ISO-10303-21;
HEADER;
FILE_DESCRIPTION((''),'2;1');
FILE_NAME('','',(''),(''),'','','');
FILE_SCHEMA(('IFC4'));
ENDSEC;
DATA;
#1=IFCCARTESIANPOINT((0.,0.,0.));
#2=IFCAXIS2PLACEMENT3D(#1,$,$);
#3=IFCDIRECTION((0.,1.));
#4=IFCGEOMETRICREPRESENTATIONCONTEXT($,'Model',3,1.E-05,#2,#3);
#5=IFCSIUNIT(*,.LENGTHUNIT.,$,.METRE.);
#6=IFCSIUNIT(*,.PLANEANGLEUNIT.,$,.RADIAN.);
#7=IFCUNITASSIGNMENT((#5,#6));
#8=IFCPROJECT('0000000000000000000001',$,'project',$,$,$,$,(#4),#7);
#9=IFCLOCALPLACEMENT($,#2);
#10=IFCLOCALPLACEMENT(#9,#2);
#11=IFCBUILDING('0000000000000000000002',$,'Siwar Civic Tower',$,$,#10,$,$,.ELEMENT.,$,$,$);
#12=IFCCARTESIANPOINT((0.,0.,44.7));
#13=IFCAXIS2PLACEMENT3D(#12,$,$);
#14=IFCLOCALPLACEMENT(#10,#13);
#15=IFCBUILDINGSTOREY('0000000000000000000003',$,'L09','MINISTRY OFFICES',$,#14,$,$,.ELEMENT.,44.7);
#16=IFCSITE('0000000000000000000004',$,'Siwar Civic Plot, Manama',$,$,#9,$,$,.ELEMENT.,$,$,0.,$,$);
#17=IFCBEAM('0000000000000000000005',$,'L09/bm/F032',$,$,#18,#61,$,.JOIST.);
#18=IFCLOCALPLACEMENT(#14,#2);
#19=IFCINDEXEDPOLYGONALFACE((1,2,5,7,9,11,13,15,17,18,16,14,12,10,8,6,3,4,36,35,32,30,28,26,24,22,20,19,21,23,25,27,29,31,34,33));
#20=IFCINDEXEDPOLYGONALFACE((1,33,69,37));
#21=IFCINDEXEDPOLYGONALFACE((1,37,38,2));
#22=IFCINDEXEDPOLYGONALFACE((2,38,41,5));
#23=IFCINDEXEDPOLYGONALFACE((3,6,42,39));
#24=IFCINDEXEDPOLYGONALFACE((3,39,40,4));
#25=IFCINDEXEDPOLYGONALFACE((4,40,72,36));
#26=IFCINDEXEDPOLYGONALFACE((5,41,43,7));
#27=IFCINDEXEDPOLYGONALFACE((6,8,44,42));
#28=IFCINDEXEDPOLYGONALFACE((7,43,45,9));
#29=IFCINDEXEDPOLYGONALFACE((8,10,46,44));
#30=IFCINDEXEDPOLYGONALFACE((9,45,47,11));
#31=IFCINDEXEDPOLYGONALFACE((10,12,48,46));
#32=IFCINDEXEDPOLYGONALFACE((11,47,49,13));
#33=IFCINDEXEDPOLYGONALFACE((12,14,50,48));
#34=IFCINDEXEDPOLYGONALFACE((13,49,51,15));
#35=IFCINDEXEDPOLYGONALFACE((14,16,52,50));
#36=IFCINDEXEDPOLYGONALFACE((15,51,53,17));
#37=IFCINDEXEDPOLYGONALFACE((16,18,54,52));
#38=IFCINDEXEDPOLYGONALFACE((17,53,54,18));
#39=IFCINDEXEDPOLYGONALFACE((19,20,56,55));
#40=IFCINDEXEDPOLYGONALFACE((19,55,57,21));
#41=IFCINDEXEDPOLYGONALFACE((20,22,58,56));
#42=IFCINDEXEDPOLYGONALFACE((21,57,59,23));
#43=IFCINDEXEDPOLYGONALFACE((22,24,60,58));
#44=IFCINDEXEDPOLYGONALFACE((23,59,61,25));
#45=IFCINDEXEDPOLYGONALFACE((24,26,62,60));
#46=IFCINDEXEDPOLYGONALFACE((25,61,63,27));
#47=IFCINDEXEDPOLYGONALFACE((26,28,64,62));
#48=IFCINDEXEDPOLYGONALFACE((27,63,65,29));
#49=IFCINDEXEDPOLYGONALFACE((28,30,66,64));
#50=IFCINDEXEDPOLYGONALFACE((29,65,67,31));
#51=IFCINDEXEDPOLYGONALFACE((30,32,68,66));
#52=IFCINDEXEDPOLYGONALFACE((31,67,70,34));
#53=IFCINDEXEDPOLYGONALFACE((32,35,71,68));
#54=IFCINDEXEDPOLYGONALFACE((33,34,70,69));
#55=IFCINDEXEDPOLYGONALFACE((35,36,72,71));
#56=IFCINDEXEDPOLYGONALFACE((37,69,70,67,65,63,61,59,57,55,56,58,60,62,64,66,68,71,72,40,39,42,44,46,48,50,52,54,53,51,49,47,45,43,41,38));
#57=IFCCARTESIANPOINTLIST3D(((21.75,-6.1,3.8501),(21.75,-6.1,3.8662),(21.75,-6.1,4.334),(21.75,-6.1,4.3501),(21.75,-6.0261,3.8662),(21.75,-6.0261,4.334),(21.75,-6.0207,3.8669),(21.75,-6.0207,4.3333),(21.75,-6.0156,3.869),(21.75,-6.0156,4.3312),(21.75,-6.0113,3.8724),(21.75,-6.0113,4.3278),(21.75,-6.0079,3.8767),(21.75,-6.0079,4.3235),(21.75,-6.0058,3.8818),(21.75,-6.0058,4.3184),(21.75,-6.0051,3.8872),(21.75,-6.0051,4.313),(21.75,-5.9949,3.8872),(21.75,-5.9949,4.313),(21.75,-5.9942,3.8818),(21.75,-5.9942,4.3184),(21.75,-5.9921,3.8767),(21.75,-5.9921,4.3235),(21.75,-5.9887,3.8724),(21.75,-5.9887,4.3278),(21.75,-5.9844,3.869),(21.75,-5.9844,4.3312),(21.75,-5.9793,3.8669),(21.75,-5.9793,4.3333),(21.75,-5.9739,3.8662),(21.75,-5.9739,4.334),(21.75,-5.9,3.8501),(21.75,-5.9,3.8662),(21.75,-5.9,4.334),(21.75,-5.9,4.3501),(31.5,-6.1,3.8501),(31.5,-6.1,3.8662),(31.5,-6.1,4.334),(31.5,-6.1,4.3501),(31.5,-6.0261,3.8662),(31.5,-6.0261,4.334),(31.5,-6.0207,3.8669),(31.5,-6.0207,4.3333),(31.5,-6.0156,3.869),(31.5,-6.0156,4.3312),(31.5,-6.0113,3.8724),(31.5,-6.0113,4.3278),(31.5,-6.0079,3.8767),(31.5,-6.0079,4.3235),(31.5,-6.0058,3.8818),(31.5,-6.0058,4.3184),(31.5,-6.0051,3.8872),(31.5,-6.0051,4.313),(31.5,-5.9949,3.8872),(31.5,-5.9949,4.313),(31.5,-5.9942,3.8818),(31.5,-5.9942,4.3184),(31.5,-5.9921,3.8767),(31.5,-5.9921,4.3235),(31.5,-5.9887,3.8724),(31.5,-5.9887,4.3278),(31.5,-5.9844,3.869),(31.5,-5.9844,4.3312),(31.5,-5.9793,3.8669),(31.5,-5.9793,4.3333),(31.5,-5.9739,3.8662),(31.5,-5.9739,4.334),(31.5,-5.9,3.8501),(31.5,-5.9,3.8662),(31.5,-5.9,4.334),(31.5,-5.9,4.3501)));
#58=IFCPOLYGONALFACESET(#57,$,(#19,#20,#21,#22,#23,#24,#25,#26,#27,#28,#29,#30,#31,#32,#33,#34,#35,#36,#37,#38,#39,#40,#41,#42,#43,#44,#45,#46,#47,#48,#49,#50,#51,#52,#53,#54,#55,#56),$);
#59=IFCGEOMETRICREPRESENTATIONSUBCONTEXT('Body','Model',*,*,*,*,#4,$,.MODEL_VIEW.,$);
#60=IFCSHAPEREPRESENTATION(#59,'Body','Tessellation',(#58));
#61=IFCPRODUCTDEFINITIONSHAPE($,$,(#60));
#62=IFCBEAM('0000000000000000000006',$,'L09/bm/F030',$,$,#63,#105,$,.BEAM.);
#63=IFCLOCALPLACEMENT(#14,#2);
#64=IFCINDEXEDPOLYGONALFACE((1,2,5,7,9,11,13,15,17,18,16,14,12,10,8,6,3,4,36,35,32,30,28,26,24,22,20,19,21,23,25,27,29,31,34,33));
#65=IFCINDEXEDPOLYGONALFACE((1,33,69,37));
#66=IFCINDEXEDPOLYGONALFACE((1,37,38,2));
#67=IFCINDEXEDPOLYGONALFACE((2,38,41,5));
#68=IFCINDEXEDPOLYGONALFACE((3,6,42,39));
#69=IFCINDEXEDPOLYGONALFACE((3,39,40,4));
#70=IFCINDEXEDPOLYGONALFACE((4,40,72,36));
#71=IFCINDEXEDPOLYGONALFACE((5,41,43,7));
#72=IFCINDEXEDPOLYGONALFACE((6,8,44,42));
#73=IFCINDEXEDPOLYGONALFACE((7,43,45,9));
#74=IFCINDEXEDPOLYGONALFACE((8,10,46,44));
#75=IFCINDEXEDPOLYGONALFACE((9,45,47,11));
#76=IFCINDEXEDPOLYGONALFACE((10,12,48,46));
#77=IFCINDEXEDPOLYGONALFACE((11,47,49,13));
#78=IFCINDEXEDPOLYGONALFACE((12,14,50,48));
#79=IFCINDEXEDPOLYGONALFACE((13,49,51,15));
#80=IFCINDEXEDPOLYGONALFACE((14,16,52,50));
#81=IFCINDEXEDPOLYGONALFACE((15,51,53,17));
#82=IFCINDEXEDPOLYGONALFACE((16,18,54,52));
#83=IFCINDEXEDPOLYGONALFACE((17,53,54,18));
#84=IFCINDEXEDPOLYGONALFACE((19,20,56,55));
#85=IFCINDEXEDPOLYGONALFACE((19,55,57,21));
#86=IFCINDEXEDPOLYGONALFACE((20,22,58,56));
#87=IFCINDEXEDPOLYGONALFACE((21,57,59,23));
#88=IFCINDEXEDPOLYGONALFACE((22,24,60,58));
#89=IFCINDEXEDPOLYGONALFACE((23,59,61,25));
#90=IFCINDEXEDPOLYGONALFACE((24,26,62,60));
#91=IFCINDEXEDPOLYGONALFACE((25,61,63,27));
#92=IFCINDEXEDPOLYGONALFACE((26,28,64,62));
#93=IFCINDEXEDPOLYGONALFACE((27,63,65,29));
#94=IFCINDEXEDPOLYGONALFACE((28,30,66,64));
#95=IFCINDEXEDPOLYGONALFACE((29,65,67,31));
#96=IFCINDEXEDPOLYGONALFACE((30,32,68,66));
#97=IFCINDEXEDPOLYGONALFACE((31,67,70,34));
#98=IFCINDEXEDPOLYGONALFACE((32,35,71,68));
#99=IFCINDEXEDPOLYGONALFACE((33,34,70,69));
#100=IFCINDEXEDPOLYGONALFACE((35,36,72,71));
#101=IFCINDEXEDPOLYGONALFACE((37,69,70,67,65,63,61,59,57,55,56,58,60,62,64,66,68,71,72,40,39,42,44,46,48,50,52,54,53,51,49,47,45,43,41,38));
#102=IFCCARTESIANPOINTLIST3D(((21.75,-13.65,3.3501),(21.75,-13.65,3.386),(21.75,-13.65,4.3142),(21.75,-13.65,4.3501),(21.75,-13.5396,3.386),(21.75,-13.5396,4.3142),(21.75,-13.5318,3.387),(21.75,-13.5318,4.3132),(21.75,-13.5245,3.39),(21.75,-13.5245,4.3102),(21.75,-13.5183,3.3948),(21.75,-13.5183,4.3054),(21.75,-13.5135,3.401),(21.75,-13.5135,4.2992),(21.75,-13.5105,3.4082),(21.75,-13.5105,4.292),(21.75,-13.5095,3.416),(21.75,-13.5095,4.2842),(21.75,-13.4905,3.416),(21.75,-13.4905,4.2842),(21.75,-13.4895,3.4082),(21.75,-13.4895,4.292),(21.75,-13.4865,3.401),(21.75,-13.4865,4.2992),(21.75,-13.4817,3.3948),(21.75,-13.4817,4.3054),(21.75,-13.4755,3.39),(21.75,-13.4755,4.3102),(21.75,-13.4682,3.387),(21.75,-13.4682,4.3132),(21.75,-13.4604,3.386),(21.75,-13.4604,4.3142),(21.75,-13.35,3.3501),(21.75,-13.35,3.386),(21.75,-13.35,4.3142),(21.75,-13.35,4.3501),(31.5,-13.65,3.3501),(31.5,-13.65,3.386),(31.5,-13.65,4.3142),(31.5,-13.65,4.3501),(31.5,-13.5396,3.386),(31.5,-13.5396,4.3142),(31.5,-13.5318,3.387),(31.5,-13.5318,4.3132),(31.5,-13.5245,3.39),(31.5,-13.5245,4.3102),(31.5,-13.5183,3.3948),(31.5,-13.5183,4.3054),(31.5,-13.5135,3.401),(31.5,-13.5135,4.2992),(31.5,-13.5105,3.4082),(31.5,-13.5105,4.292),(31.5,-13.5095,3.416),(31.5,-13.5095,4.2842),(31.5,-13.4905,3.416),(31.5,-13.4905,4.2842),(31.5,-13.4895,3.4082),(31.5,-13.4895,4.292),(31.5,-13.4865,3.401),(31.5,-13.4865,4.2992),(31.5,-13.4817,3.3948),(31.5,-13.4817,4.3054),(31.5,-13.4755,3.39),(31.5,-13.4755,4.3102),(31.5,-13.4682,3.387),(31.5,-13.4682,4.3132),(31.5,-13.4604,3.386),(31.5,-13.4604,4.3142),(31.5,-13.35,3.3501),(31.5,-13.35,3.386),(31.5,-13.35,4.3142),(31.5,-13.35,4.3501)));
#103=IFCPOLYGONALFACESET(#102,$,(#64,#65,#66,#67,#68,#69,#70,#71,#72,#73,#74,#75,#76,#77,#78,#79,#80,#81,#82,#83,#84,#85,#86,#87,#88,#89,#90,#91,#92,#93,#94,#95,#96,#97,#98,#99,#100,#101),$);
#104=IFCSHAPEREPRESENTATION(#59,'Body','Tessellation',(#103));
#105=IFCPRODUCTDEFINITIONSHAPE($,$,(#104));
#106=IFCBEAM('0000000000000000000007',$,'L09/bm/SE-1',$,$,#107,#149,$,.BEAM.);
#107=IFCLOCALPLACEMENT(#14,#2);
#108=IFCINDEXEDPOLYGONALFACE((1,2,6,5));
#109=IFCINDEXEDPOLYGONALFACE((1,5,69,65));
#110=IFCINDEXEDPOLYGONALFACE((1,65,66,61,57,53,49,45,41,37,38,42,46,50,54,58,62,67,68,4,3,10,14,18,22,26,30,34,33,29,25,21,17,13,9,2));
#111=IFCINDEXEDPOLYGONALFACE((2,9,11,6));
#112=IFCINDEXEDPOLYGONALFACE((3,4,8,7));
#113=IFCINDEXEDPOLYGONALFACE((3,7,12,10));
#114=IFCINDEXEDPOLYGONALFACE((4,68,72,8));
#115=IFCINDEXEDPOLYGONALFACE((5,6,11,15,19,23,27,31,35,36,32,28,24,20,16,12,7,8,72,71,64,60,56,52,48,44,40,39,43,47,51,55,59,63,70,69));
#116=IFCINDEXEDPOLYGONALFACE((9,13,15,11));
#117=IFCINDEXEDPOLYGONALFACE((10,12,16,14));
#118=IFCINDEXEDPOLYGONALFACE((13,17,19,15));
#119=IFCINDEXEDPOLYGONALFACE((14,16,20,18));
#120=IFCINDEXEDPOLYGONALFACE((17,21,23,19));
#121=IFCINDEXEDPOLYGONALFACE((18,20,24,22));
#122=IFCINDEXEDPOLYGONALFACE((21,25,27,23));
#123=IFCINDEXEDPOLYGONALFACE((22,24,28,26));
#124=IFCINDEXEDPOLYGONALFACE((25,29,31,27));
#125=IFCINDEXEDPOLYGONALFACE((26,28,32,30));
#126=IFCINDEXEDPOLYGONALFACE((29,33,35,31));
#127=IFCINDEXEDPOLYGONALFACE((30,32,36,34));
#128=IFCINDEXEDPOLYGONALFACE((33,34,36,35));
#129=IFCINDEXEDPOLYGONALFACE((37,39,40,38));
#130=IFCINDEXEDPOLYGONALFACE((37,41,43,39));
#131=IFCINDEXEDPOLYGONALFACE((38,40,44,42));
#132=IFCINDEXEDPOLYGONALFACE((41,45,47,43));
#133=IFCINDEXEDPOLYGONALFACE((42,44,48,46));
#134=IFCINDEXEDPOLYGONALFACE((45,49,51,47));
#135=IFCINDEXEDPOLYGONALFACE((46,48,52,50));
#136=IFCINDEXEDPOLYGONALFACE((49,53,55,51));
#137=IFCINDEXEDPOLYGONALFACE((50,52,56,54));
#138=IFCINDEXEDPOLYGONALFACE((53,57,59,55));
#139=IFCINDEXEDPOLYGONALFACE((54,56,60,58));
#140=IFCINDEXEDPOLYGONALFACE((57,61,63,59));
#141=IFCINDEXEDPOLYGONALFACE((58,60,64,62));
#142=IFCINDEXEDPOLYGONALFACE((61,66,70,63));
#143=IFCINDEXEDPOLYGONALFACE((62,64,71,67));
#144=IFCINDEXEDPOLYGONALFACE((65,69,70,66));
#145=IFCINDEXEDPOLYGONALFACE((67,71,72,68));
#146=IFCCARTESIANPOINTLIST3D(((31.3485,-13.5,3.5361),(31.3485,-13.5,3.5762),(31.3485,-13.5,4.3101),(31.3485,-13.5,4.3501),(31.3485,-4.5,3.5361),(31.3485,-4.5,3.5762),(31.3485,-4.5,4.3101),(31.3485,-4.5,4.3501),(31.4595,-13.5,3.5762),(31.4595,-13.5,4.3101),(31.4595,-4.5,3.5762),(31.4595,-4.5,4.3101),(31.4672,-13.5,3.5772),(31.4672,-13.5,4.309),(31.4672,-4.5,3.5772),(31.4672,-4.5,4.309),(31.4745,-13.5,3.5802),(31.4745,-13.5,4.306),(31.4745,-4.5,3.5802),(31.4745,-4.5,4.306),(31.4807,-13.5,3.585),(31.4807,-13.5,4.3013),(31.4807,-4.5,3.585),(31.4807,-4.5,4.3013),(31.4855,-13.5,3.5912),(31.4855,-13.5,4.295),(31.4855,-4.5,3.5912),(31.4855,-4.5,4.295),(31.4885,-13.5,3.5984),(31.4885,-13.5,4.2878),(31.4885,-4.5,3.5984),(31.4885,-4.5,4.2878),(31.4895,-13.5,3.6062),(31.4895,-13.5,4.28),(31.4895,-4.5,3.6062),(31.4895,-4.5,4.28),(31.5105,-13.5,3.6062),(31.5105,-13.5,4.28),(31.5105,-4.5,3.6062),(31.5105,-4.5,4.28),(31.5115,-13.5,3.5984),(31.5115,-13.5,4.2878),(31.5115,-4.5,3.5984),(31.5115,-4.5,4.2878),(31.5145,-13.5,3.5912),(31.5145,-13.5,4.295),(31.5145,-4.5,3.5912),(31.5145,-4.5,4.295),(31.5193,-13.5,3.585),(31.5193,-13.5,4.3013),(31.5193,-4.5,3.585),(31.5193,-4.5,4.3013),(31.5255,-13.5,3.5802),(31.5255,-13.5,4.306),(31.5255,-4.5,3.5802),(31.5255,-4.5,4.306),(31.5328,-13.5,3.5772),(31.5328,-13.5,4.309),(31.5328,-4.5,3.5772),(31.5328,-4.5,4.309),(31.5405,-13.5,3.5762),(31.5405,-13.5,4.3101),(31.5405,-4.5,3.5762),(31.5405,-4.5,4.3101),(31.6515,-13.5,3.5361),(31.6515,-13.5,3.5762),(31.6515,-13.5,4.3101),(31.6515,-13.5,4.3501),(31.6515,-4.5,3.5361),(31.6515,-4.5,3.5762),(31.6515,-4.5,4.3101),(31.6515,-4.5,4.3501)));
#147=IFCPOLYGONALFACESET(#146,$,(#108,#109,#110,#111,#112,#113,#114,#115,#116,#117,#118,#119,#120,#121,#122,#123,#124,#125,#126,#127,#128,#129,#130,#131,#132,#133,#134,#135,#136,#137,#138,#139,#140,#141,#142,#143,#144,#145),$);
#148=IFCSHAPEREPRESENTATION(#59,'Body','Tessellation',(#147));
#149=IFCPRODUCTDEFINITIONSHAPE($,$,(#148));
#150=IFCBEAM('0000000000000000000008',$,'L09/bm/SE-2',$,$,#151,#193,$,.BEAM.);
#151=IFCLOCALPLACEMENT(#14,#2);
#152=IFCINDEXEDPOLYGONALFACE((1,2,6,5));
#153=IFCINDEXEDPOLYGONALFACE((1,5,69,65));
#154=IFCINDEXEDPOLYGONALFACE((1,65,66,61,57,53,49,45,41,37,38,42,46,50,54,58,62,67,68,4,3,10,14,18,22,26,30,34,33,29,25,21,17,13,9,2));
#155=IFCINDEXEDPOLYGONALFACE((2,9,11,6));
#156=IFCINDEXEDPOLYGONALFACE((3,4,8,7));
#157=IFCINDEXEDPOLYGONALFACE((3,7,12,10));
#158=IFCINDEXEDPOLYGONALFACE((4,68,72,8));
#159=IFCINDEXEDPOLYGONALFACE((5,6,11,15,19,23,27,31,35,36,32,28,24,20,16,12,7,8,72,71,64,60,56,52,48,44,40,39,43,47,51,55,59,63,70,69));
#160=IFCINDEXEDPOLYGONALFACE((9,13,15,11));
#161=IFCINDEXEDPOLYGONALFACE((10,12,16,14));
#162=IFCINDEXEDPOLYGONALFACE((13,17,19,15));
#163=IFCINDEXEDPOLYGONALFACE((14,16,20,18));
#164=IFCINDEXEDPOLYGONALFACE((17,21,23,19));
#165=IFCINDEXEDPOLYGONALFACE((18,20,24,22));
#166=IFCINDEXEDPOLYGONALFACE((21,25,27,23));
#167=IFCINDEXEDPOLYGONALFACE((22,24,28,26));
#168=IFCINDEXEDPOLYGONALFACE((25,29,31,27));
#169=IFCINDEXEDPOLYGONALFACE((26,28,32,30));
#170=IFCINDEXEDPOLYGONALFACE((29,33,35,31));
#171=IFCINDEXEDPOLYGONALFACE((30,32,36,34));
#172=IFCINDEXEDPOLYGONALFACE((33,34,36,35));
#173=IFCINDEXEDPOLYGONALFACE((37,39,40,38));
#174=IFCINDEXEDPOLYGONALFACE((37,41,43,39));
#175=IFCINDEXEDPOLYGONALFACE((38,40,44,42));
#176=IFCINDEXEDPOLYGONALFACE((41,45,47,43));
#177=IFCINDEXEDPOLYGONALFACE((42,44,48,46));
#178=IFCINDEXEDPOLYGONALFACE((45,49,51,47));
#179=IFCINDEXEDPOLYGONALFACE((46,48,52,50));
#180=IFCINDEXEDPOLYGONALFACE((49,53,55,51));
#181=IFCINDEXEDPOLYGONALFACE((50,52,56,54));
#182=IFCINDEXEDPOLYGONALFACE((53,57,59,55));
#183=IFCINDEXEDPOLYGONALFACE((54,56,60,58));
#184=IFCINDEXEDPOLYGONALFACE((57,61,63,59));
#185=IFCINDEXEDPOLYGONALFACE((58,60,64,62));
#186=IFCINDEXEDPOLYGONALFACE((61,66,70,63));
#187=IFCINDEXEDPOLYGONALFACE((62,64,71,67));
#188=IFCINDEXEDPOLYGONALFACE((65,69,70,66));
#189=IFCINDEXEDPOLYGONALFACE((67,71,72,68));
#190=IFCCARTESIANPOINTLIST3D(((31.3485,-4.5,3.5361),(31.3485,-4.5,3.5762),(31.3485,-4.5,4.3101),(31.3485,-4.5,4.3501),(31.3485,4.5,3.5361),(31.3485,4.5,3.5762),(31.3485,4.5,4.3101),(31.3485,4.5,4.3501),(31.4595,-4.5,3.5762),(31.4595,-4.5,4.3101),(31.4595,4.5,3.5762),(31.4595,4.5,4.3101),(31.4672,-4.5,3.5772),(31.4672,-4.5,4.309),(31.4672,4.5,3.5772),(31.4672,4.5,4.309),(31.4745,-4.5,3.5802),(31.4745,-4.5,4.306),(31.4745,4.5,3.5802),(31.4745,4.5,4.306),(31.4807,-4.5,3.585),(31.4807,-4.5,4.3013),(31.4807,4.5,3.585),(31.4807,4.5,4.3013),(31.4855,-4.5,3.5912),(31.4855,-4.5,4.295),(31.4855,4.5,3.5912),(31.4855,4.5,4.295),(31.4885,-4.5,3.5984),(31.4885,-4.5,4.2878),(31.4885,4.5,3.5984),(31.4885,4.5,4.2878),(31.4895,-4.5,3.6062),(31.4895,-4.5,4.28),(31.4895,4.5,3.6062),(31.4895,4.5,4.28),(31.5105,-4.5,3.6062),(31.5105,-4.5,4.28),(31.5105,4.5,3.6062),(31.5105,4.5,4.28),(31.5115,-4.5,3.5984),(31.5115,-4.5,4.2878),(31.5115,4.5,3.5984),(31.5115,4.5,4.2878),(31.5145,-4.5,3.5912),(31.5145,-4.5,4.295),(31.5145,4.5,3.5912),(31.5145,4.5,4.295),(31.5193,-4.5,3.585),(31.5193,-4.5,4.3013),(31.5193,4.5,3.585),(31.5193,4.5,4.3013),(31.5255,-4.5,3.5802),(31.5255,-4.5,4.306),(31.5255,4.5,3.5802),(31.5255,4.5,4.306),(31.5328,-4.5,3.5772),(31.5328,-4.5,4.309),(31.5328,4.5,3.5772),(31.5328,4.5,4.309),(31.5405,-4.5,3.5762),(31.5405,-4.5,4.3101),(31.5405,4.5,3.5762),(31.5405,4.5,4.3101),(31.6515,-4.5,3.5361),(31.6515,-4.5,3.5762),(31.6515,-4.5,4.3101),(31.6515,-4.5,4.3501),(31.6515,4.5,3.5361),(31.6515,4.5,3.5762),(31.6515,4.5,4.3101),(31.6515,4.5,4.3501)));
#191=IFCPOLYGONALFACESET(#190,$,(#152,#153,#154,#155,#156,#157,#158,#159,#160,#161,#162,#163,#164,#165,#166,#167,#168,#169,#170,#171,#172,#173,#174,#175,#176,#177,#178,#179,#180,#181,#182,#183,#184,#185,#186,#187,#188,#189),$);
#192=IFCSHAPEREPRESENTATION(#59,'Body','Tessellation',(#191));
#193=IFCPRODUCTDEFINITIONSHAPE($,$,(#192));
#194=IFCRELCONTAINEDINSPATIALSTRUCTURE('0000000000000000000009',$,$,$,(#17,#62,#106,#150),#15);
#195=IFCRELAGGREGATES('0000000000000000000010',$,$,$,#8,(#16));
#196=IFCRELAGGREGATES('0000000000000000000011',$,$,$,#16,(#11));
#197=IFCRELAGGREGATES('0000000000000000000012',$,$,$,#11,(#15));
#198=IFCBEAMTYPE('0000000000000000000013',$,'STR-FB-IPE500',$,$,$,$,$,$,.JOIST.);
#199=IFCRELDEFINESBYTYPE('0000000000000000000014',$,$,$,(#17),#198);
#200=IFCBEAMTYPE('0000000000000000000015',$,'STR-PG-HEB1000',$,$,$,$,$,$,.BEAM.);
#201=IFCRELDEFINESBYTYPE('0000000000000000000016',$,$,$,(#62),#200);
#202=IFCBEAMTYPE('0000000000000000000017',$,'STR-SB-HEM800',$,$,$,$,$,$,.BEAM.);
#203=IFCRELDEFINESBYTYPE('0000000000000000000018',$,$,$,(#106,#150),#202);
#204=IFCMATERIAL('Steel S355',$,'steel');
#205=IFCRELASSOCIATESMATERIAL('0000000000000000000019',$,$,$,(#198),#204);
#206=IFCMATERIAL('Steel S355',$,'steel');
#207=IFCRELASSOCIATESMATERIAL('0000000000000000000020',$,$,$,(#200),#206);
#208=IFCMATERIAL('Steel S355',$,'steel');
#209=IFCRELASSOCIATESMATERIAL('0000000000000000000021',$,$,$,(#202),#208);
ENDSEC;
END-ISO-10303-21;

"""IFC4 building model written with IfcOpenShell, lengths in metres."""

from ifc_helpers import new_model, si_unit, direction, frame, origin, origin_2d, place, context, subcontext, project, spatial, i_section, extrude, material, material_profile, profile_set, type_object, element, save


model = new_model("IFC4")

# Units and contexts
model_context = context("Model", 3, precision=1e-05, world=origin(), true_north=direction((0.0, 1.0)))
body_context = subcontext(model_context, "Body", "Model", "MODEL_VIEW")
ifc_project = project(units=[si_unit("LENGTHUNIT", "METRE"), si_unit("PLANEANGLEUNIT", "RADIAN")], contexts=[model_context])

# Site, building, storey
site_placement = place(None, origin())
site = spatial("IfcSite", under=ifc_project, at=site_placement, Name="Siwar Civic Plot, Manama", CompositionType="ELEMENT", RefElevation=0.0)
building_placement = place(site_placement, origin())
building = spatial("IfcBuilding", under=site, at=building_placement, Name="Siwar Civic Tower", CompositionType="ELEMENT")
storey_placement = place(building_placement, frame((0.0, 0.0, 44.7)))
storey = spatial("IfcBuildingStorey", under=building, at=storey_placement, Name="L09", Description="MINISTRY OFFICES", CompositionType="ELEMENT", Elevation=44.7)

# Beams
ifc_material_1 = material(Name="Steel S355", Category="steel")
ifc_material_profile_1 = material_profile(ifc_material_1, i_section(OverallWidth=0.2, OverallDepth=0.5, WebThickness=0.0103, FlangeThickness=0.0161, FilletRadius=0.021, at=origin_2d()), Name="IPE500")
ifc_profile_set_1 = profile_set([ifc_material_profile_1], Name="Steel S355")
beam_type_1 = type_object("IfcBeamType", Name="STR-FB-IPE500", PredefinedType="JOIST", material=ifc_profile_set_1)
beam_1_placement = place(storey_placement, frame((21.75, -6.0, 4.1001), z_axis=(1.0, 0.0, 0.0), x_axis=(0.0, 1.0, 0.0)))
element("IfcBeam", 1, at=beam_1_placement, inside=storey, type_object=beam_type_1, Name="L09/bm/F032", PredefinedType="JOIST", context=body_context, shape_type="SweptSolid", body=[
    extrude(i_section(OverallWidth=0.2, OverallDepth=0.5, WebThickness=0.0103, FlangeThickness=0.0161, FilletRadius=0.021, at=origin_2d()), origin(), (0.0, 0.0, 1.0), 9.75),
])
ifc_material_2 = material(Name="Steel S355", Category="steel")
ifc_material_profile_2 = material_profile(ifc_material_2, i_section(OverallWidth=0.3, OverallDepth=1.0, WebThickness=0.019, FlangeThickness=0.0359, FilletRadius=0.03, at=origin_2d()), Name="HEB1000")
ifc_profile_set_2 = profile_set([ifc_material_profile_2], Name="Steel S355")
beam_type_2 = type_object("IfcBeamType", Name="STR-PG-HEB1000", PredefinedType="BEAM", material=ifc_profile_set_2)
beam_2_placement = place(storey_placement, frame((21.75, -13.5, 3.8501), z_axis=(1.0, 0.0, 0.0), x_axis=(0.0, 1.0, 0.0)))
element("IfcBeam", 2, at=beam_2_placement, inside=storey, type_object=beam_type_2, Name="L09/bm/F030", PredefinedType="BEAM", context=body_context, shape_type="SweptSolid", body=[
    extrude(i_section(OverallWidth=0.3, OverallDepth=1.0, WebThickness=0.019, FlangeThickness=0.0359, FilletRadius=0.03, at=origin_2d()), origin(), (0.0, 0.0, 1.0), 9.75),
])
ifc_material_3 = material(Name="Steel S355", Category="steel")
ifc_material_profile_3 = material_profile(ifc_material_3, i_section(OverallWidth=0.303, OverallDepth=0.814, WebThickness=0.021, FlangeThickness=0.04, FilletRadius=0.03, at=origin_2d()), Name="HEM800")
ifc_profile_set_3 = profile_set([ifc_material_profile_3], Name="Steel S355")
beam_type_3 = type_object("IfcBeamType", Name="STR-SB-HEM800", PredefinedType="BEAM", material=ifc_profile_set_3)
for number, where, z_axis, x_axis, name in (
    (3, (31.5, -13.5, 3.9431), (0.0, 1.0, 0.0), (-1.0, 0.0, 0.0), "L09/bm/SE-1"),
    (4, (31.5, -4.5, 3.9431), (0.0, 1.0, 0.0), (-1.0, 0.0, 0.0), "L09/bm/SE-2"),
):
    element("IfcBeam", number, at=place(storey_placement, frame(where, z_axis=z_axis, x_axis=x_axis)), inside=storey, type_object=beam_type_3, Name=name, PredefinedType="BEAM", context=body_context, shape_type="SweptSolid", body=[
        extrude(i_section(OverallWidth=0.303, OverallDepth=0.814, WebThickness=0.021, FlangeThickness=0.04, FilletRadius=0.03, at=origin_2d()), origin(), (0.0, 0.0, 1.0), 9.0),
    ])

save(model, "model.ifc")
